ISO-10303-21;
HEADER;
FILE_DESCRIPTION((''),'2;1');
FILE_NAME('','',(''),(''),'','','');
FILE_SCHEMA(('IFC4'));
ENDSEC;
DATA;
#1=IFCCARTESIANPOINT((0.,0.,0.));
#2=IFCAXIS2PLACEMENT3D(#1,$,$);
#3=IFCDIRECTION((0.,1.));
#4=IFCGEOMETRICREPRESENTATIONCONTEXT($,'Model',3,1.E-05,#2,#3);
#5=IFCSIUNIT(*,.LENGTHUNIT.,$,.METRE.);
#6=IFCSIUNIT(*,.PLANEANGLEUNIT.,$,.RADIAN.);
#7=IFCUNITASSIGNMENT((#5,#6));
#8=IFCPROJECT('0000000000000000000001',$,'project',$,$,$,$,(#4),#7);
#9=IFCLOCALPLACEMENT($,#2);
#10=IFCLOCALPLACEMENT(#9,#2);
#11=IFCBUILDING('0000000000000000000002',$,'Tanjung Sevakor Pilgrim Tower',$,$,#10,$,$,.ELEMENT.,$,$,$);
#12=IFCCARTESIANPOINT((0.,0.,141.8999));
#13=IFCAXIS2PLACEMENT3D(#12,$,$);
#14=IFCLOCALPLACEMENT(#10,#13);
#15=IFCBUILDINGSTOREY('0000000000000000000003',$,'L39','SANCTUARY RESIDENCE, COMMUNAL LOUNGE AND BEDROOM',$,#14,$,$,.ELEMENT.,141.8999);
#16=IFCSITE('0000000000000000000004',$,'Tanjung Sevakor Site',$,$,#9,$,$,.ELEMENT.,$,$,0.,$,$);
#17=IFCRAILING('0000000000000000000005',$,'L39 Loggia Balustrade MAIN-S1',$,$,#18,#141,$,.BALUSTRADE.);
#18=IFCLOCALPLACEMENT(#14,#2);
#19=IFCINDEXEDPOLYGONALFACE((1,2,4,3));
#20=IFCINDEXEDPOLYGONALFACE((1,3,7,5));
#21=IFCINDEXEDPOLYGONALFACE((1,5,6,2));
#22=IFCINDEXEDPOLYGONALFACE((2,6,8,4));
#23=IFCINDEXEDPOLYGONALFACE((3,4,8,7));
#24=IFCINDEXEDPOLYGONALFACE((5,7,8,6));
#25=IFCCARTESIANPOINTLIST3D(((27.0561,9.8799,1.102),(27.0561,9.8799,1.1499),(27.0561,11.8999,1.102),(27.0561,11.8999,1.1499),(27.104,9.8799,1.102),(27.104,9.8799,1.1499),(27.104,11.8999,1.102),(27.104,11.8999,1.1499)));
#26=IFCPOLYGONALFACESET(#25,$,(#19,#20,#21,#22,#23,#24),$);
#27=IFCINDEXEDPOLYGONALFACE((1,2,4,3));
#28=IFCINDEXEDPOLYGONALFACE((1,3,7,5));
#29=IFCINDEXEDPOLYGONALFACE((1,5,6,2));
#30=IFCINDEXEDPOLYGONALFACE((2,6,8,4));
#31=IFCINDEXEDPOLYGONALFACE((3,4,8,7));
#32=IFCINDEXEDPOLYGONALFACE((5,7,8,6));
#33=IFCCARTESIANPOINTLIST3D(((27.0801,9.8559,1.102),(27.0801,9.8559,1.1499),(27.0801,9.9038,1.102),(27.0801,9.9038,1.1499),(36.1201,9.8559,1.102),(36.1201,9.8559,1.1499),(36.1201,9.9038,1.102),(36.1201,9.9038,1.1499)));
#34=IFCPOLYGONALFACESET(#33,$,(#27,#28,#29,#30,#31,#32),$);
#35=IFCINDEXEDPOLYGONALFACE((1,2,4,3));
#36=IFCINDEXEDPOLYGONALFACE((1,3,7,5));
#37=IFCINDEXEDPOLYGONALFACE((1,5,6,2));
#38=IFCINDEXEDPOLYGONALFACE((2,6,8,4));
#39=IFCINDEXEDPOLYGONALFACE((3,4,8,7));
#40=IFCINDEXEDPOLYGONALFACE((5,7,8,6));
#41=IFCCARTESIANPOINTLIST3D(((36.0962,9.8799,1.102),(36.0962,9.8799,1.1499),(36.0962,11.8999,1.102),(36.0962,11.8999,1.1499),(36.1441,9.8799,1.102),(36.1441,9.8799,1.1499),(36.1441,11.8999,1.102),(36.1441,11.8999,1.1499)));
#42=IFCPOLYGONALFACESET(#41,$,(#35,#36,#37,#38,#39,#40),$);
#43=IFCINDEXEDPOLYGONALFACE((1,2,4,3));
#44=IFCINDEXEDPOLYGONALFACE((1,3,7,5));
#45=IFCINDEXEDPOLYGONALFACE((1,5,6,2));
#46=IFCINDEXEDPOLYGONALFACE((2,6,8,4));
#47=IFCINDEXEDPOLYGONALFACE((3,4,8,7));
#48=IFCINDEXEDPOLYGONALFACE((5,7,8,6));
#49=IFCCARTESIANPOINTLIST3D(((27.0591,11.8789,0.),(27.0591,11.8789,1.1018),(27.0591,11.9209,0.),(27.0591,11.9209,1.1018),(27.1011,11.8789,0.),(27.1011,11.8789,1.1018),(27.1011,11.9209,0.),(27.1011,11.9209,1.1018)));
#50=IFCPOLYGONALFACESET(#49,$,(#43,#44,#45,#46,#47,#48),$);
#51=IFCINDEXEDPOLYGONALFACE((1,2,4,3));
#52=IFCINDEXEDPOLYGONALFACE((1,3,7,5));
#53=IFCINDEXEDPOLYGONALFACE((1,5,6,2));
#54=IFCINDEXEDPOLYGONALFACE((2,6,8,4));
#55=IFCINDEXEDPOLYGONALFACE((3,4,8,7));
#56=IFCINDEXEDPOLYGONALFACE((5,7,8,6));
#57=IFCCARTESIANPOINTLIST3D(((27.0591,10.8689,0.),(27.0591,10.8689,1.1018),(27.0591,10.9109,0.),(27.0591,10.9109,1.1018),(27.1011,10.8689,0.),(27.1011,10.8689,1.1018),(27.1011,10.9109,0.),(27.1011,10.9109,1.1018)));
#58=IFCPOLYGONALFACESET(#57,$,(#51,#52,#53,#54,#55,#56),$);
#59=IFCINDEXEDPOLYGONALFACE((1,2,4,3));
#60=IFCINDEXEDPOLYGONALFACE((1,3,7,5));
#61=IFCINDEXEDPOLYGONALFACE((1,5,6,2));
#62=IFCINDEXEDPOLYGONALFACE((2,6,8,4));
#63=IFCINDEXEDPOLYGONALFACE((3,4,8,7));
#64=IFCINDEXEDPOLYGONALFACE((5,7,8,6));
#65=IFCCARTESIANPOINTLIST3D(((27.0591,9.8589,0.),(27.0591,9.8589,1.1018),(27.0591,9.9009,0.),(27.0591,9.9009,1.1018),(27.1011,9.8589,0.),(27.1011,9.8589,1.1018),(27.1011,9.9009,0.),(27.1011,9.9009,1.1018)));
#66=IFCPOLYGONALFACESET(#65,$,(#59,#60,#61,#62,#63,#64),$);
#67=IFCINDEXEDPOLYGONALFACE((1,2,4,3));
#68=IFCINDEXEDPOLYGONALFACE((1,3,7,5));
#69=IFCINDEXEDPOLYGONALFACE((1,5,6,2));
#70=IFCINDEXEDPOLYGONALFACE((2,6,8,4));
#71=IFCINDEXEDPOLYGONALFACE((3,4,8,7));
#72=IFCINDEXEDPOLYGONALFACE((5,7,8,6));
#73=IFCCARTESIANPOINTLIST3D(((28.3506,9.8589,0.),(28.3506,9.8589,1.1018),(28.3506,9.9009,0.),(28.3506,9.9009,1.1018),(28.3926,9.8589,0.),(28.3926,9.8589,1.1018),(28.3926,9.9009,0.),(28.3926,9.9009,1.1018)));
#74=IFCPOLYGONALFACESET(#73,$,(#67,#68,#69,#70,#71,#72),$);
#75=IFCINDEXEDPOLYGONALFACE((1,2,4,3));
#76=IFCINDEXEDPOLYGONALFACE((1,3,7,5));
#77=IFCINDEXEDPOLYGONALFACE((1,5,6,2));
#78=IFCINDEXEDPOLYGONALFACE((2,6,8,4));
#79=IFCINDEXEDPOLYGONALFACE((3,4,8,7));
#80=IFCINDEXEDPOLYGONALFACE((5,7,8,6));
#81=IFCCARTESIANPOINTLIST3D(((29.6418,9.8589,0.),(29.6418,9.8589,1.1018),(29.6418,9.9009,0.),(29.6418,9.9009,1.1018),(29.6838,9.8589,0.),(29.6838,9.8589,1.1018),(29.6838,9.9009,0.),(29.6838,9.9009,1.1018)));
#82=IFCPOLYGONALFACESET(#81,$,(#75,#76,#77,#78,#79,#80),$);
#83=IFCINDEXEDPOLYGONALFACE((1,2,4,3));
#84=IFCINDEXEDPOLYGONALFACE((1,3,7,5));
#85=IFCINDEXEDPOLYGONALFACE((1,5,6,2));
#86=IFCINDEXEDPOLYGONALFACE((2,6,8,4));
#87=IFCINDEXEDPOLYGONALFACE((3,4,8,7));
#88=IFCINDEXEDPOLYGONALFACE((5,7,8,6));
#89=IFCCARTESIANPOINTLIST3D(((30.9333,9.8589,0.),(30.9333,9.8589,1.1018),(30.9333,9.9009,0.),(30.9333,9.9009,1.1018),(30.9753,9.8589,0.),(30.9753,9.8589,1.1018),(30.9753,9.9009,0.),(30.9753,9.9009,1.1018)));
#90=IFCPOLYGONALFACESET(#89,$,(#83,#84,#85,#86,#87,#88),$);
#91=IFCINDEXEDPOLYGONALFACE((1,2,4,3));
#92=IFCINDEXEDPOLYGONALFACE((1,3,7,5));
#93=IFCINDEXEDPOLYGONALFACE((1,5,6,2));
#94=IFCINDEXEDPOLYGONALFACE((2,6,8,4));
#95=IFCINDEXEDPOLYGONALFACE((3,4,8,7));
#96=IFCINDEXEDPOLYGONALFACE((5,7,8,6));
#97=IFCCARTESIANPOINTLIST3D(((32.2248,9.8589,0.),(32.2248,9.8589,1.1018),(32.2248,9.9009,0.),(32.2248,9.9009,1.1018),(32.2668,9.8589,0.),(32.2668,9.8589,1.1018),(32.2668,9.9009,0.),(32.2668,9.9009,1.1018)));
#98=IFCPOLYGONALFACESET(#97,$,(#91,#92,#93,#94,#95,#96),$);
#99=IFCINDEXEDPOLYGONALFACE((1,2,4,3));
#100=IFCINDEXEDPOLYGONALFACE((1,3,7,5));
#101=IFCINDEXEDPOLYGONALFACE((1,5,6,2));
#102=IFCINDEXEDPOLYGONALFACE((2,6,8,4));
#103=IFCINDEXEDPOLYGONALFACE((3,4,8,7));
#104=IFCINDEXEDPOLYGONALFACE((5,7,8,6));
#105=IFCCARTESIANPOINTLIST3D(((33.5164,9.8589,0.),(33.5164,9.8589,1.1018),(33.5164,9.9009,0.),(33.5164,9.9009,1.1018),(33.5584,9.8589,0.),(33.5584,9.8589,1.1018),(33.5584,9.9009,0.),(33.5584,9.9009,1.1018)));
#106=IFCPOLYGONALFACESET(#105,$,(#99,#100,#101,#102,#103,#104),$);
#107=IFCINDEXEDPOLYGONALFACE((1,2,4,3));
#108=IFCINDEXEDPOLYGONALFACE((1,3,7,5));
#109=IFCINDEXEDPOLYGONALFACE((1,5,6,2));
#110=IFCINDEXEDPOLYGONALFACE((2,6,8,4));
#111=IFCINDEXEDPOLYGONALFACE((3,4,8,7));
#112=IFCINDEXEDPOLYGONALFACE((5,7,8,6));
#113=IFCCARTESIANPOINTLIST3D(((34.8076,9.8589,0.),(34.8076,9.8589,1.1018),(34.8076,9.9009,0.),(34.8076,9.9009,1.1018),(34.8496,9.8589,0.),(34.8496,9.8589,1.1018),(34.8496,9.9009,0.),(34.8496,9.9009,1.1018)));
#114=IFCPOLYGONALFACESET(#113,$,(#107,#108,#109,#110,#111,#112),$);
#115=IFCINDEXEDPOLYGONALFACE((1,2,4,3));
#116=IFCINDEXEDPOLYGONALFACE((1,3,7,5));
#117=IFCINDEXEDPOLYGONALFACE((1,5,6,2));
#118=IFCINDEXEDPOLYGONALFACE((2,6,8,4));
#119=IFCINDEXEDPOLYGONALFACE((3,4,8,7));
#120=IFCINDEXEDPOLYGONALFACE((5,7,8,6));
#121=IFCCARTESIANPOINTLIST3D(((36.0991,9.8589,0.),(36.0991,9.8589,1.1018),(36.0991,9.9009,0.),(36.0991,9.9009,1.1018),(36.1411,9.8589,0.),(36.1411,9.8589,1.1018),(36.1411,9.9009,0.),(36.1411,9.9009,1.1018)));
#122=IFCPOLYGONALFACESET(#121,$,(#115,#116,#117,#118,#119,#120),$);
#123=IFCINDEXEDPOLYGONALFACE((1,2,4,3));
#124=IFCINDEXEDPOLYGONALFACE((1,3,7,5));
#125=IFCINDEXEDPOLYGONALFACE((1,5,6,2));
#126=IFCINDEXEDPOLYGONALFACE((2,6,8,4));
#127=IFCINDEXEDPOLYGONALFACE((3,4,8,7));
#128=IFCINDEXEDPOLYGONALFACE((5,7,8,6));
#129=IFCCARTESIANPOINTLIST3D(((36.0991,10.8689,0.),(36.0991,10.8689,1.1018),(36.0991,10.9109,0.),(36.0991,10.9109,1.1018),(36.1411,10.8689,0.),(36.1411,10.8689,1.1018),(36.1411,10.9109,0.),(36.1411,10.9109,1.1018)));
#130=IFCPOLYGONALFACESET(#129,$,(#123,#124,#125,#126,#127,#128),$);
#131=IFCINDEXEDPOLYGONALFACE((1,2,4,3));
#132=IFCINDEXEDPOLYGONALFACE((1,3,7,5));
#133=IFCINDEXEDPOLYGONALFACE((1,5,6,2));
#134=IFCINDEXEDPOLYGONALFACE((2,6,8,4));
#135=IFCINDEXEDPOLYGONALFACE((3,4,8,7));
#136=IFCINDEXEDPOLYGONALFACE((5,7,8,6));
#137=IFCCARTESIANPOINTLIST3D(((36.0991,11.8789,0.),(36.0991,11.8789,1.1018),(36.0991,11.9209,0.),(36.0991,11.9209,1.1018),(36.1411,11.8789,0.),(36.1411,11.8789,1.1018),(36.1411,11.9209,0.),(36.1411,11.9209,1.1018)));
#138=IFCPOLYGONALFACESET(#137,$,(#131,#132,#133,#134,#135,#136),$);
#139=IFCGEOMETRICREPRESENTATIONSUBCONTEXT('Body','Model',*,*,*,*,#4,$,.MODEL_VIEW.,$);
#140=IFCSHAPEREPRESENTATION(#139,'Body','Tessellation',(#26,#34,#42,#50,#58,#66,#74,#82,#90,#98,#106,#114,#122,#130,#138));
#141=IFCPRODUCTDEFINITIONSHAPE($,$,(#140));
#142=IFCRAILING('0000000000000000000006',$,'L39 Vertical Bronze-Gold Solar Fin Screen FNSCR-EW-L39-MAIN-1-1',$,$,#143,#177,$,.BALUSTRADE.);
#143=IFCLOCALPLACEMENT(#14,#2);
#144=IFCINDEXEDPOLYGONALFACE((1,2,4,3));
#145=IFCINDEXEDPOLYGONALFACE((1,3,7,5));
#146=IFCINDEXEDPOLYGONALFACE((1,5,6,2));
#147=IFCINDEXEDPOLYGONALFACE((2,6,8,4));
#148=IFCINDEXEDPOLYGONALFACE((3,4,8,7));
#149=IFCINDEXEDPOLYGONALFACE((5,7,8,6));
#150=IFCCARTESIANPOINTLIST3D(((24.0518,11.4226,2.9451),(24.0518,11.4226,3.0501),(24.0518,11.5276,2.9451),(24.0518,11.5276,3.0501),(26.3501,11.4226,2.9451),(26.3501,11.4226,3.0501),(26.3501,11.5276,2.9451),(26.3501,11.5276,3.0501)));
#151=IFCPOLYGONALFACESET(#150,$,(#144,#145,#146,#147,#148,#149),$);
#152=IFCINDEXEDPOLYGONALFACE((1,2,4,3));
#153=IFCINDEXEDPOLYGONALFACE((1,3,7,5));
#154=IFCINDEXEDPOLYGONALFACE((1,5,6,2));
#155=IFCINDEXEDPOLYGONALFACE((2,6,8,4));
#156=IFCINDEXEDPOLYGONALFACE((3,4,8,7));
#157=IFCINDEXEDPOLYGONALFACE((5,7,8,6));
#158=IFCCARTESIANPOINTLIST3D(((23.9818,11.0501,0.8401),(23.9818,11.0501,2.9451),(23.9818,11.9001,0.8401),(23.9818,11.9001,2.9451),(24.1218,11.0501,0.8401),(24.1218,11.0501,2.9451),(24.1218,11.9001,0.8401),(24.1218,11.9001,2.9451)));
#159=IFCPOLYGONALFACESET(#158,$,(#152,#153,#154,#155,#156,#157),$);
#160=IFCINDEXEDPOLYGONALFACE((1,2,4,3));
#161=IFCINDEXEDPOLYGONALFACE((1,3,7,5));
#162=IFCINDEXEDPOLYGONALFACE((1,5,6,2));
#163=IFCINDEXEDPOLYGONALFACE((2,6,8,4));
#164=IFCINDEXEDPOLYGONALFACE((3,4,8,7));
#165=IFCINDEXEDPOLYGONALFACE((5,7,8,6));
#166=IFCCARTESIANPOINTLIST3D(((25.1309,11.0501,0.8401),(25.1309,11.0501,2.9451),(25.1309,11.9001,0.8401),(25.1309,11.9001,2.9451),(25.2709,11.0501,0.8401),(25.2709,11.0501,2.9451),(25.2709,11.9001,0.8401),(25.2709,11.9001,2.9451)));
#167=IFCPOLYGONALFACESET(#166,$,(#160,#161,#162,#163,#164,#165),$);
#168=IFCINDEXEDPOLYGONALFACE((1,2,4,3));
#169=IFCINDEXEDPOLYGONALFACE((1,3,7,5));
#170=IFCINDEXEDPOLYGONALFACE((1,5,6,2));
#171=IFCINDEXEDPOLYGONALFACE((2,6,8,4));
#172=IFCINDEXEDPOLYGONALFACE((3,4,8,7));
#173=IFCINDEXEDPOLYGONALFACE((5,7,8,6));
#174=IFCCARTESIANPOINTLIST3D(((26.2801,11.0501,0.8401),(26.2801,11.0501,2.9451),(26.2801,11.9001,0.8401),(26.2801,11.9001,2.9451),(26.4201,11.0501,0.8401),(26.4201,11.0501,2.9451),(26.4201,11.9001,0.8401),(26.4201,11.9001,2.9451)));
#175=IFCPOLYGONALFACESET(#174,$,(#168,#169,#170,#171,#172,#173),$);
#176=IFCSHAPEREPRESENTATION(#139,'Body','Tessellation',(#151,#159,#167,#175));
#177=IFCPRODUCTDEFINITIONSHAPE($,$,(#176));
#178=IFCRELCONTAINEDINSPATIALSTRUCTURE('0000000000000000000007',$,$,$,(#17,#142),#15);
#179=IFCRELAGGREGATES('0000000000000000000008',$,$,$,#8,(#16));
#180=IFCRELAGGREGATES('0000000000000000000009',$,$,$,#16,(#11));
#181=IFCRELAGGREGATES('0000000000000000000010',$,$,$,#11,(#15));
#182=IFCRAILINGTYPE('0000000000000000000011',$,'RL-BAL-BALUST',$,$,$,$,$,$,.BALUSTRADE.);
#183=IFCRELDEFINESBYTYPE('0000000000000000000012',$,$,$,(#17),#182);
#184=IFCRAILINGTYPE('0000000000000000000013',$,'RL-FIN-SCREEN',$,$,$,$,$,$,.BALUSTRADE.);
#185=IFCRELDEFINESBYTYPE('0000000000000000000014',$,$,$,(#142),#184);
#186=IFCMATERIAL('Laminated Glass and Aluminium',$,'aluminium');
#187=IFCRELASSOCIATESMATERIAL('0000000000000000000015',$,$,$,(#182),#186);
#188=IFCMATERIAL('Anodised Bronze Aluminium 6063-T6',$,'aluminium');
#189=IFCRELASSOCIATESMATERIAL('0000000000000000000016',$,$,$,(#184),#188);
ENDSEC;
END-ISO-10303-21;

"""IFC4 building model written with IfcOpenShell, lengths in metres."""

from ifc_helpers import new_model, si_unit, direction, frame, origin, place, context, subcontext, project, spatial, rectangle, extrude, material, type_object, element, save


model = new_model("IFC4")

# Units and contexts
model_context = context("Model", 3, precision=1e-05, world=origin(), true_north=direction((0.0, 1.0)))
body_context = subcontext(model_context, "Body", "Model", "MODEL_VIEW")
ifc_project = project(units=[si_unit("LENGTHUNIT", "METRE"), si_unit("PLANEANGLEUNIT", "RADIAN")], contexts=[model_context])

# Site, building, storey
site_placement = place(None, origin())
site = spatial("IfcSite", under=ifc_project, at=site_placement, Name="Tanjung Sevakor Site", CompositionType="ELEMENT", RefElevation=0.0)
building_placement = place(site_placement, origin())
building = spatial("IfcBuilding", under=site, at=building_placement, Name="Tanjung Sevakor Pilgrim Tower", CompositionType="ELEMENT")
storey_placement = place(building_placement, frame((0.0, 0.0, 141.8999)))
storey = spatial("IfcBuildingStorey", under=building, at=storey_placement, Name="L39", Description="SANCTUARY RESIDENCE, COMMUNAL LOUNGE AND BEDROOM", CompositionType="ELEMENT", Elevation=141.8999)

# Railings
ifc_material_1 = material(Name="Laminated Glass and Aluminium", Category="aluminium")
railing_type_1 = type_object("IfcRailingType", Name="RL-BAL-BALUST", PredefinedType="BALUSTRADE", material=ifc_material_1)
railing_1_placement = place(storey_placement, frame((27.0801, 11.8999, 0.0)))
element("IfcRailing", 1, at=railing_1_placement, inside=storey, type_object=railing_type_1, Name="L39 Loggia Balustrade MAIN-S1", PredefinedType="BALUSTRADE", context=body_context, shape_type="SweptSolid", body=[
    extrude(rectangle(XDim=0.0479, YDim=0.0479), frame((0.0, 0.0, 1.126), z_axis=(0.0, -1.0, 0.0), x_axis=(1.0, 0.0, 0.0)), (0.0, 0.0, 1.0), 2.02),
    extrude(rectangle(XDim=0.0479, YDim=0.0479), frame((0.0, -2.02, 1.126), z_axis=(1.0, 0.0, 0.0), x_axis=(0.0, 1.0, 0.0)), (0.0, 0.0, 1.0), 9.04),
    extrude(rectangle(XDim=0.0479, YDim=0.0479), frame((9.04, -2.02, 1.126), z_axis=(0.0, 1.0, 0.0), x_axis=(-1.0, 0.0, 0.0)), (0.0, 0.0, 1.0), 2.02),
    extrude(rectangle(XDim=0.042, YDim=0.042), origin(), (0.0, 0.0, 1.0), 1.1018),
    extrude(rectangle(XDim=0.042, YDim=0.042), frame((0.0, -1.01, 0.0)), (0.0, 0.0, 1.0), 1.1018),
    extrude(rectangle(XDim=0.042, YDim=0.042), frame((0.0, -2.02, 0.0)), (0.0, 0.0, 1.0), 1.1018),
    extrude(rectangle(XDim=0.042, YDim=0.042), frame((1.2915, -2.02, 0.0)), (0.0, 0.0, 1.0), 1.1018),
    extrude(rectangle(XDim=0.042, YDim=0.042), frame((2.5828, -2.02, 0.0)), (0.0, 0.0, 1.0), 1.1018),
    extrude(rectangle(XDim=0.042, YDim=0.042), frame((3.8743, -2.02, 0.0)), (0.0, 0.0, 1.0), 1.1018),
    extrude(rectangle(XDim=0.042, YDim=0.042), frame((5.1658, -2.02, 0.0)), (0.0, 0.0, 1.0), 1.1018),
    extrude(rectangle(XDim=0.042, YDim=0.042), frame((6.4573, -2.02, 0.0)), (0.0, 0.0, 1.0), 1.1018),
    extrude(rectangle(XDim=0.042, YDim=0.042), frame((7.7485, -2.02, 0.0)), (0.0, 0.0, 1.0), 1.1018),
    extrude(rectangle(XDim=0.042, YDim=0.042), frame((9.04, -2.02, 0.0)), (0.0, 0.0, 1.0), 1.1018),
    extrude(rectangle(XDim=0.042, YDim=0.042), frame((9.04, -1.01, 0.0)), (0.0, 0.0, 1.0), 1.1018),
    extrude(rectangle(XDim=0.042, YDim=0.042), frame((9.04, 0.0, 0.0)), (0.0, 0.0, 1.0), 1.1018),
])
ifc_material_2 = material(Name="Anodised Bronze Aluminium 6063-T6", Category="aluminium")
railing_type_2 = type_object("IfcRailingType", Name="RL-FIN-SCREEN", PredefinedType="BALUSTRADE", material=ifc_material_2)
railing_2_placement = place(storey_placement, frame((24.0518, 11.4751, 0.8401)))
element("IfcRailing", 2, at=railing_2_placement, inside=storey, type_object=railing_type_2, Name="L39 Vertical Bronze-Gold Solar Fin Screen FNSCR-EW-L39-MAIN-1-1", PredefinedType="BALUSTRADE", context=body_context, shape_type="SweptSolid", body=[
    extrude(rectangle(XDim=0.105, YDim=0.105), frame((0.0, 0.0, 2.1575), z_axis=(1.0, 0.0, 0.0), x_axis=(0.0, 1.0, 0.0)), (0.0, 0.0, 1.0), 2.2983),
    extrude(rectangle(XDim=0.14, YDim=0.85), origin(), (0.0, 0.0, 1.0), 2.105),
    extrude(rectangle(XDim=0.14, YDim=0.85), frame((1.1492, 0.0, 0.0)), (0.0, 0.0, 1.0), 2.105),
    extrude(rectangle(XDim=0.14, YDim=0.85), frame((2.2983, 0.0, 0.0)), (0.0, 0.0, 1.0), 2.105),
])

save(model, "model.ifc")
